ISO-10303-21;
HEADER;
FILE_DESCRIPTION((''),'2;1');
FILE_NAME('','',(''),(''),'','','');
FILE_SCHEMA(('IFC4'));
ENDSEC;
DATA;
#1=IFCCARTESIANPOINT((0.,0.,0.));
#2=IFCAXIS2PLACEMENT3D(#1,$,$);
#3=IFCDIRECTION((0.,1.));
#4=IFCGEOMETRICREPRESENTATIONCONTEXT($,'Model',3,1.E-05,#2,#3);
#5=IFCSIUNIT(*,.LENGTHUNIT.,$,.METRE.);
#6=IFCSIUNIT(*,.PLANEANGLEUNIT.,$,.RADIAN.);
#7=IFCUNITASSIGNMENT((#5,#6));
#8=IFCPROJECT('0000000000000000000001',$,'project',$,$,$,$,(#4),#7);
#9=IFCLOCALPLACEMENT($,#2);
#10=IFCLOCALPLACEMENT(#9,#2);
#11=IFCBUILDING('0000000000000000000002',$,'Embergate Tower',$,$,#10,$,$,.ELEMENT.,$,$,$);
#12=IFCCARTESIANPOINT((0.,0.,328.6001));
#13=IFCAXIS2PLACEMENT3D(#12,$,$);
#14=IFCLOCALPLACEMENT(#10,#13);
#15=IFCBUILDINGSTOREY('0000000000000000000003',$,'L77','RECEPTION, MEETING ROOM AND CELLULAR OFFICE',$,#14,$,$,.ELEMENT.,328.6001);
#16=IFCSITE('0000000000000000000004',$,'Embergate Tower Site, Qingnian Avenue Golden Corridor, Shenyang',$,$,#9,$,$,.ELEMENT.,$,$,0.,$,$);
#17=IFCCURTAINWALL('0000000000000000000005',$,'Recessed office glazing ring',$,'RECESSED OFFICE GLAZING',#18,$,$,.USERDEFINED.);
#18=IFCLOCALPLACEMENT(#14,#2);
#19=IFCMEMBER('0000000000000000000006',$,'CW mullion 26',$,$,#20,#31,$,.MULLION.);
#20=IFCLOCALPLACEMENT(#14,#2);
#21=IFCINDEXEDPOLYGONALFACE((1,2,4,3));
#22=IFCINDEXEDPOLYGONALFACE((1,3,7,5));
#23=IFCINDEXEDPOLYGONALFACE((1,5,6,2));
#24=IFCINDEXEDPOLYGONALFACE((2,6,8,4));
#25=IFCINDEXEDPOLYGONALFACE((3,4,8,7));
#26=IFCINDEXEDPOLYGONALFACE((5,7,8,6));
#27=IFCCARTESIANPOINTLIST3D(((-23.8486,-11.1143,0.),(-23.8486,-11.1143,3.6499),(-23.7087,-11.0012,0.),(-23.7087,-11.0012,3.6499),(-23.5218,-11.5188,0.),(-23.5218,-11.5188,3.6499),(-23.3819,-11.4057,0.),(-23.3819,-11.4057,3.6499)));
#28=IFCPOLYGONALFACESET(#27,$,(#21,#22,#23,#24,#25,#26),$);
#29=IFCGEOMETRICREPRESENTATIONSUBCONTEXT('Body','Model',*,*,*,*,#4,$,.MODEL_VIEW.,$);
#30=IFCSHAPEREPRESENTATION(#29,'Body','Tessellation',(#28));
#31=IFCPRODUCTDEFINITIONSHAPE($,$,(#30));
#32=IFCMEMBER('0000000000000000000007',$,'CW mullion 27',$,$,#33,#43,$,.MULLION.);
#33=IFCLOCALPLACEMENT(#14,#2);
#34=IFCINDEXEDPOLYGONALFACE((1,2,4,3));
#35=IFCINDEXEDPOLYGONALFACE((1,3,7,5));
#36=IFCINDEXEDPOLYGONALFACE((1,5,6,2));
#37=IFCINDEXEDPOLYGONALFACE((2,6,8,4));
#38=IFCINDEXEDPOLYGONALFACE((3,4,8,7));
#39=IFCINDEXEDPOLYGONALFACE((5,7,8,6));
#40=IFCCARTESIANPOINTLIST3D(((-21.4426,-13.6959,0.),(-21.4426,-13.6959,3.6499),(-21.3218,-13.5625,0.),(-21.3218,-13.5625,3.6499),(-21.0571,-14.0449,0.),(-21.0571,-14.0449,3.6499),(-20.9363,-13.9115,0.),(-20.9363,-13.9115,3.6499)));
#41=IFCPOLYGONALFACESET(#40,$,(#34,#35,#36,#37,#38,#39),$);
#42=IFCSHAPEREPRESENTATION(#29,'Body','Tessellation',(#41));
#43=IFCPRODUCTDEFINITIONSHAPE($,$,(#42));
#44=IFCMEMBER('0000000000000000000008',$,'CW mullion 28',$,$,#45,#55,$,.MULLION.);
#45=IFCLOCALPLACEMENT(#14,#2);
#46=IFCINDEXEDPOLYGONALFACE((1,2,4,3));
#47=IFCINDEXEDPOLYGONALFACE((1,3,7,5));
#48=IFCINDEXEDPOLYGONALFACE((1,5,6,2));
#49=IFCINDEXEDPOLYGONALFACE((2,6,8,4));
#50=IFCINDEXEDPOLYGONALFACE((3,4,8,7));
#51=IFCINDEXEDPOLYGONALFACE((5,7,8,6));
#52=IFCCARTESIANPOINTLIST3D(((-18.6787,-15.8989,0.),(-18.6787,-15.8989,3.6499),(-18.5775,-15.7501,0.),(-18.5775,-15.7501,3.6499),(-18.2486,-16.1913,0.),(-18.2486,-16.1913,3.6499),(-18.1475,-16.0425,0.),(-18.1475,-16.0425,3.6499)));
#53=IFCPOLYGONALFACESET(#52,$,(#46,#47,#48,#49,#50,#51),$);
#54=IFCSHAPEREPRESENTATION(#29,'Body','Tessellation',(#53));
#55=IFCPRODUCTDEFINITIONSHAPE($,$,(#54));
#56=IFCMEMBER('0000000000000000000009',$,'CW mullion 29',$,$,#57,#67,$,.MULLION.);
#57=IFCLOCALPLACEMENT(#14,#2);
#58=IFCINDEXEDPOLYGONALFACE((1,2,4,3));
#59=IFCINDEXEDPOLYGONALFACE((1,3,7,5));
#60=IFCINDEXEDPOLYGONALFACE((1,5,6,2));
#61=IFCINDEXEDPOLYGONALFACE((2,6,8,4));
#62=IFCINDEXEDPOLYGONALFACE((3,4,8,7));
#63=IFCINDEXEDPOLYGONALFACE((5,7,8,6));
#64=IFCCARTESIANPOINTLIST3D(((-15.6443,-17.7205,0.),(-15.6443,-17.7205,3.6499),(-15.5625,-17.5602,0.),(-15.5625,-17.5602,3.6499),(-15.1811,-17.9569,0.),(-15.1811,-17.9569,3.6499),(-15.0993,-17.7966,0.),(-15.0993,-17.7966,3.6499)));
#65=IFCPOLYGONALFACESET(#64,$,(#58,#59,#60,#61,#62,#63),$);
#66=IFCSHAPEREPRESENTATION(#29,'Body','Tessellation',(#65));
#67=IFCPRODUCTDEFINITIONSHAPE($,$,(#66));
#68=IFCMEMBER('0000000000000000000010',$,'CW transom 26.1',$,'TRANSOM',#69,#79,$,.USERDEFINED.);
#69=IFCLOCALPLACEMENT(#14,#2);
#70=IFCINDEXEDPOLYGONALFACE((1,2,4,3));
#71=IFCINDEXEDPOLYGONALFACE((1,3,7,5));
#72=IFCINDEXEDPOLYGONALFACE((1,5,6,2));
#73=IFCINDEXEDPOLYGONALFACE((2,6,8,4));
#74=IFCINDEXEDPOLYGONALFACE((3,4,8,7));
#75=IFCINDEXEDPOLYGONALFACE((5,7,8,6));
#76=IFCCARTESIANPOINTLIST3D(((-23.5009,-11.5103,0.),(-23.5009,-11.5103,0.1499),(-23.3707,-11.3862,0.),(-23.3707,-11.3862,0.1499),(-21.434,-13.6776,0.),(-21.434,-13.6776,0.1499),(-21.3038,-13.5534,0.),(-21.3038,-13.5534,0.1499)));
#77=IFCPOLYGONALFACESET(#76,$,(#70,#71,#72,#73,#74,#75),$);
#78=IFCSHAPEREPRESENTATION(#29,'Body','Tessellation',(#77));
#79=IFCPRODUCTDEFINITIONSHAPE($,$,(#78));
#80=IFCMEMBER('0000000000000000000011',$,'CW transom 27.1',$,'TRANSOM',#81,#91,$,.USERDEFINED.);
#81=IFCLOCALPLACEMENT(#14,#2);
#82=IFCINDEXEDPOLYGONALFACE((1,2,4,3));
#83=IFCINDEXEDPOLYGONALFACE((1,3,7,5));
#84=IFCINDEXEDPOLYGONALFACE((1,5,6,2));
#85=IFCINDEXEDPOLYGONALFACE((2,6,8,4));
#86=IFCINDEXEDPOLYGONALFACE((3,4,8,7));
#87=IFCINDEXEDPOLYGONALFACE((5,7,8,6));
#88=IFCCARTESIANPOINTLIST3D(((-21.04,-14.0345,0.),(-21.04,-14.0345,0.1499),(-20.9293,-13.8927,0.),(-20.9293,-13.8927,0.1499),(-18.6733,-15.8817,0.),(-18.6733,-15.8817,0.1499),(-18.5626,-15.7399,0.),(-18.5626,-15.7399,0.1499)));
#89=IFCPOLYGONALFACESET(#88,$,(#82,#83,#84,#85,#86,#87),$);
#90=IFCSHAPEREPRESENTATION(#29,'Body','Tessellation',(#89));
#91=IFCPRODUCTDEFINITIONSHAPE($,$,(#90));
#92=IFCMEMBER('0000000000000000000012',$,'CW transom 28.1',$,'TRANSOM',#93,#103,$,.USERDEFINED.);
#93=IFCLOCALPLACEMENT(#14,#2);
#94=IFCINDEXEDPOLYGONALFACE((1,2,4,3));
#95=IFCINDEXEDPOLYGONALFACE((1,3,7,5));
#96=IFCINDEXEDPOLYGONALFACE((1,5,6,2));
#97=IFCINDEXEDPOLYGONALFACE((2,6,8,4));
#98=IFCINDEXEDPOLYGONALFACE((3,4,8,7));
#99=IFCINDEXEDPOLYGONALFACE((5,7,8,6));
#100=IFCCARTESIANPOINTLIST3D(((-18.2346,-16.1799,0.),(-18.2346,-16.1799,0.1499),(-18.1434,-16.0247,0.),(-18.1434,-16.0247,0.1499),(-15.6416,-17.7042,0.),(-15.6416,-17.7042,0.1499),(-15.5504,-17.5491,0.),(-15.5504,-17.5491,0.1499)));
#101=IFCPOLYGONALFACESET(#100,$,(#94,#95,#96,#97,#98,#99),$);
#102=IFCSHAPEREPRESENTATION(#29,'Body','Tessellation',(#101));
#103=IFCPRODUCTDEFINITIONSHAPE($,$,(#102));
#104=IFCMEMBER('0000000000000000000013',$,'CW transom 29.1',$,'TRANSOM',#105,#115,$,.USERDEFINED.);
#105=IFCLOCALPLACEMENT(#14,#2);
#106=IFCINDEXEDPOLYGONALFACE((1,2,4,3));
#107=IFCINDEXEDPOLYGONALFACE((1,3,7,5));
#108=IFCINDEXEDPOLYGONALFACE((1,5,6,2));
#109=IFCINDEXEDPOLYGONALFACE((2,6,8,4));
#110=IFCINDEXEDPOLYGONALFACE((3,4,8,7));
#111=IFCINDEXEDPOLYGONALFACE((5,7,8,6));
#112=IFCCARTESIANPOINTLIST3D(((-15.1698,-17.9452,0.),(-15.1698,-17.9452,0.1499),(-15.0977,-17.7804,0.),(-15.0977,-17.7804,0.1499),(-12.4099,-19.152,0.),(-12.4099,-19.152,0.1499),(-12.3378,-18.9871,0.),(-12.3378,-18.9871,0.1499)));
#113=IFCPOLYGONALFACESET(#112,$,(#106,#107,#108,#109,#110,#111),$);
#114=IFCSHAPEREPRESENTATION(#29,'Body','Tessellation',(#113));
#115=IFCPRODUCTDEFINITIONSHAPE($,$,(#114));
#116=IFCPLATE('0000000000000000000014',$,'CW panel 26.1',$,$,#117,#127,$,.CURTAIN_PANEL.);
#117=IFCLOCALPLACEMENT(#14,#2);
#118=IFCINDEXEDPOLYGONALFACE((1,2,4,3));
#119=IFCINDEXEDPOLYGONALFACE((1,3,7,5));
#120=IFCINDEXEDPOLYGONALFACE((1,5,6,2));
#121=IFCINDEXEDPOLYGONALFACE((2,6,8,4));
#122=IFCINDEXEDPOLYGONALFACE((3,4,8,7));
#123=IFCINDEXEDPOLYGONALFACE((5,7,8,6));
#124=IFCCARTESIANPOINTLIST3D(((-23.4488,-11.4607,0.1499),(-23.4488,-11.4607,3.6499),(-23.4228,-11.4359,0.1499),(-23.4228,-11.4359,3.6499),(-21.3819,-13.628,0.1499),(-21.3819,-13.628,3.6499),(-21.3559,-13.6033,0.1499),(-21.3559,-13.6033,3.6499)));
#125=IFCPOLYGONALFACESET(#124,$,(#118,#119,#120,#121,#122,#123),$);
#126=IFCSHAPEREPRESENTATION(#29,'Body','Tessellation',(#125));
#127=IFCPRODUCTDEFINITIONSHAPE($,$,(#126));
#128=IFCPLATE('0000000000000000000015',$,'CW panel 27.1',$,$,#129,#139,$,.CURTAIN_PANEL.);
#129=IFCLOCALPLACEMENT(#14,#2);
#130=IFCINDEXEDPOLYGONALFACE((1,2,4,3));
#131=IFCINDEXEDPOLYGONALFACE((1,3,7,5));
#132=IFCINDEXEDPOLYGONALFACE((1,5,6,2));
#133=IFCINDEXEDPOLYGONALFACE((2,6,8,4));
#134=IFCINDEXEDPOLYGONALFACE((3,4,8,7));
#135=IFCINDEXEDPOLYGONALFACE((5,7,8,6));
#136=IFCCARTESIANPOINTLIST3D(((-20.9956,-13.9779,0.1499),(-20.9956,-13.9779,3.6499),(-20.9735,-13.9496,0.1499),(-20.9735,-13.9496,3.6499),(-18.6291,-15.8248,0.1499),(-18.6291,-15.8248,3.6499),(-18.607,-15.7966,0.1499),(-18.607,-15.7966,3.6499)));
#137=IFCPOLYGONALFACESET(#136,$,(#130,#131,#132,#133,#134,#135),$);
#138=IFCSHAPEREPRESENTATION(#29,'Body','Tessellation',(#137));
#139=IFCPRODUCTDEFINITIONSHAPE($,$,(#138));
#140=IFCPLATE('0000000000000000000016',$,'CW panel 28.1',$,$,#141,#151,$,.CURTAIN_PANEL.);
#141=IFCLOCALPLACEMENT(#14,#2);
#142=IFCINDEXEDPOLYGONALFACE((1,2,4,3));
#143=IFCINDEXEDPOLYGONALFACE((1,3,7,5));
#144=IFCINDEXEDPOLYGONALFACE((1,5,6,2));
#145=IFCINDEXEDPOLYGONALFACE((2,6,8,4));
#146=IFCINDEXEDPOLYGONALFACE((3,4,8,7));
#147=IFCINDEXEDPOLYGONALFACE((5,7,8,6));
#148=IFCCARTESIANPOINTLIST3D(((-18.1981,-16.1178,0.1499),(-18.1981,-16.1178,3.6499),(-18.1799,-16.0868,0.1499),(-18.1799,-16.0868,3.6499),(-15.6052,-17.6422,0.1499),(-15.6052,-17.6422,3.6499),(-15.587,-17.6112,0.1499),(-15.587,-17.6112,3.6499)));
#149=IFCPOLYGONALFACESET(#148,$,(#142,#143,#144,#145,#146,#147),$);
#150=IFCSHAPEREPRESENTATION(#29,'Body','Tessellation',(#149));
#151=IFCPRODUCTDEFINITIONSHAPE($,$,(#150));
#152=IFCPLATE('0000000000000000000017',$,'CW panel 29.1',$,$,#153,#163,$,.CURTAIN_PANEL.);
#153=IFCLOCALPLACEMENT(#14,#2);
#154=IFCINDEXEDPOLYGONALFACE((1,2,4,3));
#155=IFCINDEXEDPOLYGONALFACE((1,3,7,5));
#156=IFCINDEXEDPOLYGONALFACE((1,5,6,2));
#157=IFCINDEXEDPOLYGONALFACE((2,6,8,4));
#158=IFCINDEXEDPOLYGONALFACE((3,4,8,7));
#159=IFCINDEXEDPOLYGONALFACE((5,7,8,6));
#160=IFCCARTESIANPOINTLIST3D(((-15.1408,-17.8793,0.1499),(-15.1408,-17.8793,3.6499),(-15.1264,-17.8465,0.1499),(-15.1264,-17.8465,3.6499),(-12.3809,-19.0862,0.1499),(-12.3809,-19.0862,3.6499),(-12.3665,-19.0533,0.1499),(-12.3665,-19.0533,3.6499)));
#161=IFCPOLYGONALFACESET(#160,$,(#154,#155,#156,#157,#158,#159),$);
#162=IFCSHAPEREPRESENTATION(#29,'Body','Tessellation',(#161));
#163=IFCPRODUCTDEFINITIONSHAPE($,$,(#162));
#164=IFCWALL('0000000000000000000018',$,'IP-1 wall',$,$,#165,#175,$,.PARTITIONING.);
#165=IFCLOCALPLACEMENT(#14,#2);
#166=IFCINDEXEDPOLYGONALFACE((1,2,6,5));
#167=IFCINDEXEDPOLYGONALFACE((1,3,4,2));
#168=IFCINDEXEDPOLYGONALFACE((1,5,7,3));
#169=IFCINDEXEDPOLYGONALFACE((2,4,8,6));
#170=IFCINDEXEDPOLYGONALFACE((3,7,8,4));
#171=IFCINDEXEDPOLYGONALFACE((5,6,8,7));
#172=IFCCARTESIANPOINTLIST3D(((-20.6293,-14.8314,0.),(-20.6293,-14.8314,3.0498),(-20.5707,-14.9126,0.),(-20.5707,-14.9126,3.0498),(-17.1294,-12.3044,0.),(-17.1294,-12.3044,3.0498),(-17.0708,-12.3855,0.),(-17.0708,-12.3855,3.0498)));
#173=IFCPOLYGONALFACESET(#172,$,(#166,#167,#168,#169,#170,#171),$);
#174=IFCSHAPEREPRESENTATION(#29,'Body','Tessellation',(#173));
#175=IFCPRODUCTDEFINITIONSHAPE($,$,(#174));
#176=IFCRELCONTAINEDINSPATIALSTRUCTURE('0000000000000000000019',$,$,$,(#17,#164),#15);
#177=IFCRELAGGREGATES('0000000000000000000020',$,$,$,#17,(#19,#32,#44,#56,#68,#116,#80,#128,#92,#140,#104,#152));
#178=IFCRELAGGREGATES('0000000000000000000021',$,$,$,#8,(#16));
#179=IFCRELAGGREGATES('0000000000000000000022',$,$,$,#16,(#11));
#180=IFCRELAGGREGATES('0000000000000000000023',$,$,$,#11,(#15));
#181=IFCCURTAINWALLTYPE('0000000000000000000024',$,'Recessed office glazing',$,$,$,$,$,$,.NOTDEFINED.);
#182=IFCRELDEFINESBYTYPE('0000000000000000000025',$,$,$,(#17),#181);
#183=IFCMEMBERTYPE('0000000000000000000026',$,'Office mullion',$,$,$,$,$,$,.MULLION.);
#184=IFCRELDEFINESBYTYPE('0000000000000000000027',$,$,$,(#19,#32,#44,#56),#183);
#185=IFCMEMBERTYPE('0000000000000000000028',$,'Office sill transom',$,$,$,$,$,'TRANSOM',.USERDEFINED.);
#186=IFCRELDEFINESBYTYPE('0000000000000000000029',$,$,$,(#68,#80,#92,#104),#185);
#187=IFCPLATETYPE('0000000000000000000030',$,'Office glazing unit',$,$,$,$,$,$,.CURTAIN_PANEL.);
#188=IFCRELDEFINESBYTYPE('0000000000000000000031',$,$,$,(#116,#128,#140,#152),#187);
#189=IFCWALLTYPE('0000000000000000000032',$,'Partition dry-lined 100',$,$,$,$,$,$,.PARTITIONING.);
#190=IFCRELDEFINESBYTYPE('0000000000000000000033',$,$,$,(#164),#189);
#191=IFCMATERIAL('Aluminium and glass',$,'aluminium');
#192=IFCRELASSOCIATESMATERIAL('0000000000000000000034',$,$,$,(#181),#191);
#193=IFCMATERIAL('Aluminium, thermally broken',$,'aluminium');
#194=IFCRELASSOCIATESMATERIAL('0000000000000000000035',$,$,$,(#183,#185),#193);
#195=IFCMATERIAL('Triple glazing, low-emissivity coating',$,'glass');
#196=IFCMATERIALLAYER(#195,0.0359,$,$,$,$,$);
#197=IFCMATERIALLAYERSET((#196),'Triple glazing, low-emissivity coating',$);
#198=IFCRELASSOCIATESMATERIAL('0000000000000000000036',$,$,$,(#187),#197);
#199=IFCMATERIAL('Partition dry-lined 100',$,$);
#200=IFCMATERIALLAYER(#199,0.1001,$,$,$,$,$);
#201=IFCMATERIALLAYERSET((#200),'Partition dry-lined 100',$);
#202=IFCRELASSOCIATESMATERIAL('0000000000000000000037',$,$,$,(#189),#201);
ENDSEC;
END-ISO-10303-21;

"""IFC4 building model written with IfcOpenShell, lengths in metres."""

from ifc_helpers import new_model, si_unit, direction, frame, frame_2d, origin, origin_2d, place, context, subcontext, project, spatial, rectangle, extrude, source, transform, mapped, material, layer, layer_set, material_profile, profile_set, type_object, element, aggregate, save


model = new_model("IFC4")

# Units and contexts
model_context = context("Model", 3, precision=1e-05, world=origin(), true_north=direction((0.0, 1.0)))
body_context = subcontext(model_context, "Body", "Model", "MODEL_VIEW")
ifc_project = project(units=[si_unit("LENGTHUNIT", "METRE"), si_unit("PLANEANGLEUNIT", "RADIAN")], contexts=[model_context])

# Site, building, storey
site_placement = place(None, origin())
site = spatial("IfcSite", under=ifc_project, at=site_placement, Name="Embergate Tower Site, Qingnian Avenue Golden Corridor, Shenyang", CompositionType="ELEMENT", RefElevation=0.0)
building_placement = place(site_placement, origin())
building = spatial("IfcBuilding", under=site, at=building_placement, Name="Embergate Tower", CompositionType="ELEMENT")
storey_placement = place(building_placement, frame((0.0, 0.0, 328.6001)))
storey = spatial("IfcBuildingStorey", under=building, at=storey_placement, Name="L77", Description="RECEPTION, MEETING ROOM AND CELLULAR OFFICE", CompositionType="ELEMENT", Elevation=328.6001)

# Curtain wall, members, plates
ifc_material_1 = material(Name="Aluminium and glass", Category="aluminium")
curtain_wall_type = type_object("IfcCurtainWallType", Name="Recessed office glazing", PredefinedType="NOTDEFINED", material=ifc_material_1)
curtain_wall_placement = place(storey_placement, origin())
curtain_wall = element("IfcCurtainWall", 1, at=curtain_wall_placement, inside=storey, type_object=curtain_wall_type, Name="Recessed office glazing ring", ObjectType="RECESSED OFFICE GLAZING", PredefinedType="USERDEFINED")
ifc_material_2 = material(Name="Aluminium, thermally broken", Category="aluminium")
ifc_material_profile_1 = material_profile(ifc_material_2, rectangle(XDim=0.1799, YDim=0.52, at=origin_2d()), Name="AL 520x180")
ifc_profile_set_1 = profile_set([ifc_material_profile_1], Name="Aluminium, thermally broken")
member_type_1 = type_object("IfcMemberType", Name="Office mullion", PredefinedType="MULLION", material=ifc_profile_set_1)
shared_shape_1 = source(origin(), body_context, "Body", "SweptSolid", [
    extrude(rectangle(XDim=0.1799, YDim=0.52, at=origin_2d()), origin(), (0.0, 0.0, 1.0), 3.6499),
])
member_1_placement = place(storey_placement, frame((-23.6152, -11.26, 0.0), z_axis=(0.0, 0.0, 1.0), x_axis=(0.777856, 0.628442, 0.0)))
member_1 = element("IfcMember", 2, at=member_1_placement, type_object=member_type_1, Name="CW mullion 26", PredefinedType="MULLION", context=body_context, shape_type="MappedRepresentation", body=[
    mapped(shared_shape_1, transform((0.0, 0.0, 0.0))),
])
member_2_placement = place(storey_placement, frame((-21.1895, -13.8037, 0.0), z_axis=(0.0, 0.0, 1.0), x_axis=(0.671212, 0.741265, 0.0)))
member_2 = element("IfcMember", 3, at=member_2_placement, type_object=member_type_1, Name="CW mullion 27", PredefinedType="MULLION", context=body_context, shape_type="MappedRepresentation", body=[
    mapped(shared_shape_1, transform((0.0, 0.0, 0.0))),
])
member_3_placement = place(storey_placement, frame((-18.4131, -15.9707, 0.0), z_axis=(0.0, 0.0, 1.0), x_axis=(0.562205, 0.826998, 0.0)))
member_3 = element("IfcMember", 4, at=member_3_placement, type_object=member_type_1, Name="CW mullion 28", PredefinedType="MULLION", context=body_context, shape_type="MappedRepresentation", body=[
    mapped(shared_shape_1, transform((0.0, 0.0, 0.0))),
])
member_4_placement = place(storey_placement, frame((-15.3718, -17.7585, 0.0), z_axis=(0.0, 0.0, 1.0), x_axis=(0.454502, 0.890746, 0.0)))
member_4 = element("IfcMember", 5, at=member_4_placement, type_object=member_type_1, Name="CW mullion 29", PredefinedType="MULLION", context=body_context, shape_type="MappedRepresentation", body=[
    mapped(shared_shape_1, transform((0.0, 0.0, 0.0))),
])
ifc_material_profile_2 = material_profile(ifc_material_2, rectangle(XDim=0.1799, YDim=0.1499, at=origin_2d()), Name="AL 150x180")
ifc_profile_set_2 = profile_set([ifc_material_profile_2], Name="Aluminium, thermally broken")
member_type_2 = type_object("IfcMemberType", Name="Office sill transom", ElementType="TRANSOM", PredefinedType="USERDEFINED", material=ifc_profile_set_2)
shared_shape_2 = source(origin(), body_context, "Body", "SweptSolid", [
    extrude(rectangle(XDim=0.1799, YDim=0.1499, at=origin_2d()), origin(), (0.0, 0.0, 1.0), 2.9949),
])
member_5_placement = place(storey_placement, frame((-23.4358, -11.4482, 0.075), z_axis=(0.690156, -0.723661, 0.0), x_axis=(0.723661, 0.690156, 0.0)))
member_5 = element("IfcMember", 6, at=member_5_placement, type_object=member_type_2, Name="CW transom 26.1", ObjectType="TRANSOM", PredefinedType="USERDEFINED", context=body_context, shape_type="MappedRepresentation", body=[
    mapped(shared_shape_2, transform((0.0, 0.0, 0.0))),
])
shared_shape_3 = source(origin(), body_context, "Body", "SweptSolid", [
    extrude(rectangle(XDim=0.1799, YDim=0.1499, at=origin_2d()), origin(), (0.0, 0.0, 1.0), 3.0022),
])
member_6_placement = place(storey_placement, frame((-20.9846, -13.9636, 0.075), z_axis=(0.788318, -0.615268, 0.0), x_axis=(0.615268, 0.788318, 0.0)))
member_6 = element("IfcMember", 7, at=member_6_placement, type_object=member_type_2, Name="CW transom 27.1", ObjectType="TRANSOM", PredefinedType="USERDEFINED", context=body_context, shape_type="MappedRepresentation", body=[
    mapped(shared_shape_3, transform((0.0, 0.0, 0.0))),
])
shared_shape_4 = source(origin(), body_context, "Body", "SweptSolid", [
    extrude(rectangle(XDim=0.1799, YDim=0.1499, at=origin_2d()), origin(), (0.0, 0.0, 1.0), 3.0078),
])
member_7_placement = place(storey_placement, frame((-18.189, -16.1023, 0.075), z_axis=(0.862064, -0.5068, 0.0), x_axis=(0.5068, 0.862064, 0.0)))
member_7 = element("IfcMember", 8, at=member_7_placement, type_object=member_type_2, Name="CW transom 28.1", ObjectType="TRANSOM", PredefinedType="USERDEFINED", context=body_context, shape_type="MappedRepresentation", body=[
    mapped(shared_shape_4, transform((0.0, 0.0, 0.0))),
])
shared_shape_5 = source(origin(), body_context, "Body", "SweptSolid", [
    extrude(rectangle(XDim=0.1799, YDim=0.1499, at=origin_2d()), origin(), (0.0, 0.0, 1.0), 3.0122),
])
member_8_placement = place(storey_placement, frame((-15.1338, -17.8628, 0.075), z_axis=(0.916245, -0.400619, 0.0), x_axis=(0.400619, 0.916245, 0.0)))
member_8 = element("IfcMember", 9, at=member_8_placement, type_object=member_type_2, Name="CW transom 29.1", ObjectType="TRANSOM", PredefinedType="USERDEFINED", context=body_context, shape_type="MappedRepresentation", body=[
    mapped(shared_shape_5, transform((0.0, 0.0, 0.0))),
])
ifc_material_3 = material(Name="Triple glazing, low-emissivity coating", Category="glass")
ifc_layer_1 = layer(ifc_material_3, 0.0359)
ifc_layer_set_1 = layer_set([ifc_layer_1], Name="Triple glazing, low-emissivity coating")
plate_type = type_object("IfcPlateType", Name="Office glazing unit", PredefinedType="CURTAIN_PANEL", material=ifc_layer_set_1)
shared_shape_6 = source(origin(), body_context, "Body", "SweptSolid", [
    extrude(rectangle(XDim=2.9949, YDim=0.0359, at=origin_2d()), origin(), (0.0, 0.0, 1.0), 3.5),
])
plate_1_placement = place(storey_placement, frame((-22.4023, -12.532, 0.1499), z_axis=(0.0, 0.0, 1.0), x_axis=(0.690138, -0.723678, 0.0)))
plate_1 = element("IfcPlate", 10, at=plate_1_placement, type_object=plate_type, Name="CW panel 26.1", PredefinedType="CURTAIN_PANEL", context=body_context, shape_type="MappedRepresentation", body=[
    mapped(shared_shape_6, transform((0.0, 0.0, 0.0))),
])
shared_shape_7 = source(origin(), body_context, "Body", "SweptSolid", [
    extrude(rectangle(XDim=3.002, YDim=0.0359, at=origin_2d()), origin(), (0.0, 0.0, 1.0), 3.5),
])
plate_2_placement = place(storey_placement, frame((-19.8013, -14.8872, 0.1499), z_axis=(0.0, 0.0, 1.0), x_axis=(0.788322, -0.615263, 0.0)))
plate_2 = element("IfcPlate", 11, at=plate_2_placement, type_object=plate_type, Name="CW panel 27.1", PredefinedType="CURTAIN_PANEL", context=body_context, shape_type="MappedRepresentation", body=[
    mapped(shared_shape_7, transform((0.0, 0.0, 0.0))),
])
shared_shape_8 = source(origin(), body_context, "Body", "SweptSolid", [
    extrude(rectangle(XDim=3.0078, YDim=0.0359, at=origin_2d()), origin(), (0.0, 0.0, 1.0), 3.5),
])
plate_3_placement = place(storey_placement, frame((-16.8926, -16.8645, 0.1499), z_axis=(0.0, 0.0, 1.0), x_axis=(0.862054, -0.506816, 0.0)))
plate_3 = element("IfcPlate", 12, at=plate_3_placement, type_object=plate_type, Name="CW panel 28.1", PredefinedType="CURTAIN_PANEL", context=body_context, shape_type="MappedRepresentation", body=[
    mapped(shared_shape_8, transform((0.0, 0.0, 0.0))),
])
shared_shape_9 = source(origin(), body_context, "Body", "SweptSolid", [
    extrude(rectangle(XDim=3.0122, YDim=0.0359, at=origin_2d()), origin(), (0.0, 0.0, 1.0), 3.5),
])
plate_4_placement = place(storey_placement, frame((-13.7537, -18.4663, 0.1499), z_axis=(0.0, 0.0, 1.0), x_axis=(0.916236, -0.400638, 0.0)))
plate_4 = element("IfcPlate", 13, at=plate_4_placement, type_object=plate_type, Name="CW panel 29.1", PredefinedType="CURTAIN_PANEL", context=body_context, shape_type="MappedRepresentation", body=[
    mapped(shared_shape_9, transform((0.0, 0.0, 0.0))),
])
aggregate(curtain_wall, [member_1, member_2, member_3, member_4, member_5, plate_1, member_6, plate_2, member_7, plate_3, member_8, plate_4])

# Wall
ifc_material_4 = material(Name="Partition dry-lined 100")
ifc_layer_2 = layer(ifc_material_4, 0.1001)
ifc_layer_set_2 = layer_set([ifc_layer_2], Name="Partition dry-lined 100")
wall_type = type_object("IfcWallType", Name="Partition dry-lined 100", PredefinedType="PARTITIONING", material=ifc_layer_set_2)
shared_shape_10 = source(origin(), body_context, "Body", "SweptSolid", [
    extrude(rectangle(XDim=4.3169, YDim=0.1001, at=frame_2d((2.1584, 0.0))), origin(), (0.0, 0.0, 1.0), 3.0498),
])
wall_1_placement = place(storey_placement, frame((-17.1001, -12.345, 0.0), z_axis=(0.0, 0.0, 1.0), x_axis=(-0.810754, -0.585387, 0.0)))
element("IfcWall", 14, at=wall_1_placement, inside=storey, type_object=wall_type, Name="IP-1 wall", PredefinedType="PARTITIONING", context=body_context, shape_type="MappedRepresentation", body=[
    mapped(shared_shape_10, transform((0.0, 0.0, 0.0))),
])

save(model, "model.ifc")
